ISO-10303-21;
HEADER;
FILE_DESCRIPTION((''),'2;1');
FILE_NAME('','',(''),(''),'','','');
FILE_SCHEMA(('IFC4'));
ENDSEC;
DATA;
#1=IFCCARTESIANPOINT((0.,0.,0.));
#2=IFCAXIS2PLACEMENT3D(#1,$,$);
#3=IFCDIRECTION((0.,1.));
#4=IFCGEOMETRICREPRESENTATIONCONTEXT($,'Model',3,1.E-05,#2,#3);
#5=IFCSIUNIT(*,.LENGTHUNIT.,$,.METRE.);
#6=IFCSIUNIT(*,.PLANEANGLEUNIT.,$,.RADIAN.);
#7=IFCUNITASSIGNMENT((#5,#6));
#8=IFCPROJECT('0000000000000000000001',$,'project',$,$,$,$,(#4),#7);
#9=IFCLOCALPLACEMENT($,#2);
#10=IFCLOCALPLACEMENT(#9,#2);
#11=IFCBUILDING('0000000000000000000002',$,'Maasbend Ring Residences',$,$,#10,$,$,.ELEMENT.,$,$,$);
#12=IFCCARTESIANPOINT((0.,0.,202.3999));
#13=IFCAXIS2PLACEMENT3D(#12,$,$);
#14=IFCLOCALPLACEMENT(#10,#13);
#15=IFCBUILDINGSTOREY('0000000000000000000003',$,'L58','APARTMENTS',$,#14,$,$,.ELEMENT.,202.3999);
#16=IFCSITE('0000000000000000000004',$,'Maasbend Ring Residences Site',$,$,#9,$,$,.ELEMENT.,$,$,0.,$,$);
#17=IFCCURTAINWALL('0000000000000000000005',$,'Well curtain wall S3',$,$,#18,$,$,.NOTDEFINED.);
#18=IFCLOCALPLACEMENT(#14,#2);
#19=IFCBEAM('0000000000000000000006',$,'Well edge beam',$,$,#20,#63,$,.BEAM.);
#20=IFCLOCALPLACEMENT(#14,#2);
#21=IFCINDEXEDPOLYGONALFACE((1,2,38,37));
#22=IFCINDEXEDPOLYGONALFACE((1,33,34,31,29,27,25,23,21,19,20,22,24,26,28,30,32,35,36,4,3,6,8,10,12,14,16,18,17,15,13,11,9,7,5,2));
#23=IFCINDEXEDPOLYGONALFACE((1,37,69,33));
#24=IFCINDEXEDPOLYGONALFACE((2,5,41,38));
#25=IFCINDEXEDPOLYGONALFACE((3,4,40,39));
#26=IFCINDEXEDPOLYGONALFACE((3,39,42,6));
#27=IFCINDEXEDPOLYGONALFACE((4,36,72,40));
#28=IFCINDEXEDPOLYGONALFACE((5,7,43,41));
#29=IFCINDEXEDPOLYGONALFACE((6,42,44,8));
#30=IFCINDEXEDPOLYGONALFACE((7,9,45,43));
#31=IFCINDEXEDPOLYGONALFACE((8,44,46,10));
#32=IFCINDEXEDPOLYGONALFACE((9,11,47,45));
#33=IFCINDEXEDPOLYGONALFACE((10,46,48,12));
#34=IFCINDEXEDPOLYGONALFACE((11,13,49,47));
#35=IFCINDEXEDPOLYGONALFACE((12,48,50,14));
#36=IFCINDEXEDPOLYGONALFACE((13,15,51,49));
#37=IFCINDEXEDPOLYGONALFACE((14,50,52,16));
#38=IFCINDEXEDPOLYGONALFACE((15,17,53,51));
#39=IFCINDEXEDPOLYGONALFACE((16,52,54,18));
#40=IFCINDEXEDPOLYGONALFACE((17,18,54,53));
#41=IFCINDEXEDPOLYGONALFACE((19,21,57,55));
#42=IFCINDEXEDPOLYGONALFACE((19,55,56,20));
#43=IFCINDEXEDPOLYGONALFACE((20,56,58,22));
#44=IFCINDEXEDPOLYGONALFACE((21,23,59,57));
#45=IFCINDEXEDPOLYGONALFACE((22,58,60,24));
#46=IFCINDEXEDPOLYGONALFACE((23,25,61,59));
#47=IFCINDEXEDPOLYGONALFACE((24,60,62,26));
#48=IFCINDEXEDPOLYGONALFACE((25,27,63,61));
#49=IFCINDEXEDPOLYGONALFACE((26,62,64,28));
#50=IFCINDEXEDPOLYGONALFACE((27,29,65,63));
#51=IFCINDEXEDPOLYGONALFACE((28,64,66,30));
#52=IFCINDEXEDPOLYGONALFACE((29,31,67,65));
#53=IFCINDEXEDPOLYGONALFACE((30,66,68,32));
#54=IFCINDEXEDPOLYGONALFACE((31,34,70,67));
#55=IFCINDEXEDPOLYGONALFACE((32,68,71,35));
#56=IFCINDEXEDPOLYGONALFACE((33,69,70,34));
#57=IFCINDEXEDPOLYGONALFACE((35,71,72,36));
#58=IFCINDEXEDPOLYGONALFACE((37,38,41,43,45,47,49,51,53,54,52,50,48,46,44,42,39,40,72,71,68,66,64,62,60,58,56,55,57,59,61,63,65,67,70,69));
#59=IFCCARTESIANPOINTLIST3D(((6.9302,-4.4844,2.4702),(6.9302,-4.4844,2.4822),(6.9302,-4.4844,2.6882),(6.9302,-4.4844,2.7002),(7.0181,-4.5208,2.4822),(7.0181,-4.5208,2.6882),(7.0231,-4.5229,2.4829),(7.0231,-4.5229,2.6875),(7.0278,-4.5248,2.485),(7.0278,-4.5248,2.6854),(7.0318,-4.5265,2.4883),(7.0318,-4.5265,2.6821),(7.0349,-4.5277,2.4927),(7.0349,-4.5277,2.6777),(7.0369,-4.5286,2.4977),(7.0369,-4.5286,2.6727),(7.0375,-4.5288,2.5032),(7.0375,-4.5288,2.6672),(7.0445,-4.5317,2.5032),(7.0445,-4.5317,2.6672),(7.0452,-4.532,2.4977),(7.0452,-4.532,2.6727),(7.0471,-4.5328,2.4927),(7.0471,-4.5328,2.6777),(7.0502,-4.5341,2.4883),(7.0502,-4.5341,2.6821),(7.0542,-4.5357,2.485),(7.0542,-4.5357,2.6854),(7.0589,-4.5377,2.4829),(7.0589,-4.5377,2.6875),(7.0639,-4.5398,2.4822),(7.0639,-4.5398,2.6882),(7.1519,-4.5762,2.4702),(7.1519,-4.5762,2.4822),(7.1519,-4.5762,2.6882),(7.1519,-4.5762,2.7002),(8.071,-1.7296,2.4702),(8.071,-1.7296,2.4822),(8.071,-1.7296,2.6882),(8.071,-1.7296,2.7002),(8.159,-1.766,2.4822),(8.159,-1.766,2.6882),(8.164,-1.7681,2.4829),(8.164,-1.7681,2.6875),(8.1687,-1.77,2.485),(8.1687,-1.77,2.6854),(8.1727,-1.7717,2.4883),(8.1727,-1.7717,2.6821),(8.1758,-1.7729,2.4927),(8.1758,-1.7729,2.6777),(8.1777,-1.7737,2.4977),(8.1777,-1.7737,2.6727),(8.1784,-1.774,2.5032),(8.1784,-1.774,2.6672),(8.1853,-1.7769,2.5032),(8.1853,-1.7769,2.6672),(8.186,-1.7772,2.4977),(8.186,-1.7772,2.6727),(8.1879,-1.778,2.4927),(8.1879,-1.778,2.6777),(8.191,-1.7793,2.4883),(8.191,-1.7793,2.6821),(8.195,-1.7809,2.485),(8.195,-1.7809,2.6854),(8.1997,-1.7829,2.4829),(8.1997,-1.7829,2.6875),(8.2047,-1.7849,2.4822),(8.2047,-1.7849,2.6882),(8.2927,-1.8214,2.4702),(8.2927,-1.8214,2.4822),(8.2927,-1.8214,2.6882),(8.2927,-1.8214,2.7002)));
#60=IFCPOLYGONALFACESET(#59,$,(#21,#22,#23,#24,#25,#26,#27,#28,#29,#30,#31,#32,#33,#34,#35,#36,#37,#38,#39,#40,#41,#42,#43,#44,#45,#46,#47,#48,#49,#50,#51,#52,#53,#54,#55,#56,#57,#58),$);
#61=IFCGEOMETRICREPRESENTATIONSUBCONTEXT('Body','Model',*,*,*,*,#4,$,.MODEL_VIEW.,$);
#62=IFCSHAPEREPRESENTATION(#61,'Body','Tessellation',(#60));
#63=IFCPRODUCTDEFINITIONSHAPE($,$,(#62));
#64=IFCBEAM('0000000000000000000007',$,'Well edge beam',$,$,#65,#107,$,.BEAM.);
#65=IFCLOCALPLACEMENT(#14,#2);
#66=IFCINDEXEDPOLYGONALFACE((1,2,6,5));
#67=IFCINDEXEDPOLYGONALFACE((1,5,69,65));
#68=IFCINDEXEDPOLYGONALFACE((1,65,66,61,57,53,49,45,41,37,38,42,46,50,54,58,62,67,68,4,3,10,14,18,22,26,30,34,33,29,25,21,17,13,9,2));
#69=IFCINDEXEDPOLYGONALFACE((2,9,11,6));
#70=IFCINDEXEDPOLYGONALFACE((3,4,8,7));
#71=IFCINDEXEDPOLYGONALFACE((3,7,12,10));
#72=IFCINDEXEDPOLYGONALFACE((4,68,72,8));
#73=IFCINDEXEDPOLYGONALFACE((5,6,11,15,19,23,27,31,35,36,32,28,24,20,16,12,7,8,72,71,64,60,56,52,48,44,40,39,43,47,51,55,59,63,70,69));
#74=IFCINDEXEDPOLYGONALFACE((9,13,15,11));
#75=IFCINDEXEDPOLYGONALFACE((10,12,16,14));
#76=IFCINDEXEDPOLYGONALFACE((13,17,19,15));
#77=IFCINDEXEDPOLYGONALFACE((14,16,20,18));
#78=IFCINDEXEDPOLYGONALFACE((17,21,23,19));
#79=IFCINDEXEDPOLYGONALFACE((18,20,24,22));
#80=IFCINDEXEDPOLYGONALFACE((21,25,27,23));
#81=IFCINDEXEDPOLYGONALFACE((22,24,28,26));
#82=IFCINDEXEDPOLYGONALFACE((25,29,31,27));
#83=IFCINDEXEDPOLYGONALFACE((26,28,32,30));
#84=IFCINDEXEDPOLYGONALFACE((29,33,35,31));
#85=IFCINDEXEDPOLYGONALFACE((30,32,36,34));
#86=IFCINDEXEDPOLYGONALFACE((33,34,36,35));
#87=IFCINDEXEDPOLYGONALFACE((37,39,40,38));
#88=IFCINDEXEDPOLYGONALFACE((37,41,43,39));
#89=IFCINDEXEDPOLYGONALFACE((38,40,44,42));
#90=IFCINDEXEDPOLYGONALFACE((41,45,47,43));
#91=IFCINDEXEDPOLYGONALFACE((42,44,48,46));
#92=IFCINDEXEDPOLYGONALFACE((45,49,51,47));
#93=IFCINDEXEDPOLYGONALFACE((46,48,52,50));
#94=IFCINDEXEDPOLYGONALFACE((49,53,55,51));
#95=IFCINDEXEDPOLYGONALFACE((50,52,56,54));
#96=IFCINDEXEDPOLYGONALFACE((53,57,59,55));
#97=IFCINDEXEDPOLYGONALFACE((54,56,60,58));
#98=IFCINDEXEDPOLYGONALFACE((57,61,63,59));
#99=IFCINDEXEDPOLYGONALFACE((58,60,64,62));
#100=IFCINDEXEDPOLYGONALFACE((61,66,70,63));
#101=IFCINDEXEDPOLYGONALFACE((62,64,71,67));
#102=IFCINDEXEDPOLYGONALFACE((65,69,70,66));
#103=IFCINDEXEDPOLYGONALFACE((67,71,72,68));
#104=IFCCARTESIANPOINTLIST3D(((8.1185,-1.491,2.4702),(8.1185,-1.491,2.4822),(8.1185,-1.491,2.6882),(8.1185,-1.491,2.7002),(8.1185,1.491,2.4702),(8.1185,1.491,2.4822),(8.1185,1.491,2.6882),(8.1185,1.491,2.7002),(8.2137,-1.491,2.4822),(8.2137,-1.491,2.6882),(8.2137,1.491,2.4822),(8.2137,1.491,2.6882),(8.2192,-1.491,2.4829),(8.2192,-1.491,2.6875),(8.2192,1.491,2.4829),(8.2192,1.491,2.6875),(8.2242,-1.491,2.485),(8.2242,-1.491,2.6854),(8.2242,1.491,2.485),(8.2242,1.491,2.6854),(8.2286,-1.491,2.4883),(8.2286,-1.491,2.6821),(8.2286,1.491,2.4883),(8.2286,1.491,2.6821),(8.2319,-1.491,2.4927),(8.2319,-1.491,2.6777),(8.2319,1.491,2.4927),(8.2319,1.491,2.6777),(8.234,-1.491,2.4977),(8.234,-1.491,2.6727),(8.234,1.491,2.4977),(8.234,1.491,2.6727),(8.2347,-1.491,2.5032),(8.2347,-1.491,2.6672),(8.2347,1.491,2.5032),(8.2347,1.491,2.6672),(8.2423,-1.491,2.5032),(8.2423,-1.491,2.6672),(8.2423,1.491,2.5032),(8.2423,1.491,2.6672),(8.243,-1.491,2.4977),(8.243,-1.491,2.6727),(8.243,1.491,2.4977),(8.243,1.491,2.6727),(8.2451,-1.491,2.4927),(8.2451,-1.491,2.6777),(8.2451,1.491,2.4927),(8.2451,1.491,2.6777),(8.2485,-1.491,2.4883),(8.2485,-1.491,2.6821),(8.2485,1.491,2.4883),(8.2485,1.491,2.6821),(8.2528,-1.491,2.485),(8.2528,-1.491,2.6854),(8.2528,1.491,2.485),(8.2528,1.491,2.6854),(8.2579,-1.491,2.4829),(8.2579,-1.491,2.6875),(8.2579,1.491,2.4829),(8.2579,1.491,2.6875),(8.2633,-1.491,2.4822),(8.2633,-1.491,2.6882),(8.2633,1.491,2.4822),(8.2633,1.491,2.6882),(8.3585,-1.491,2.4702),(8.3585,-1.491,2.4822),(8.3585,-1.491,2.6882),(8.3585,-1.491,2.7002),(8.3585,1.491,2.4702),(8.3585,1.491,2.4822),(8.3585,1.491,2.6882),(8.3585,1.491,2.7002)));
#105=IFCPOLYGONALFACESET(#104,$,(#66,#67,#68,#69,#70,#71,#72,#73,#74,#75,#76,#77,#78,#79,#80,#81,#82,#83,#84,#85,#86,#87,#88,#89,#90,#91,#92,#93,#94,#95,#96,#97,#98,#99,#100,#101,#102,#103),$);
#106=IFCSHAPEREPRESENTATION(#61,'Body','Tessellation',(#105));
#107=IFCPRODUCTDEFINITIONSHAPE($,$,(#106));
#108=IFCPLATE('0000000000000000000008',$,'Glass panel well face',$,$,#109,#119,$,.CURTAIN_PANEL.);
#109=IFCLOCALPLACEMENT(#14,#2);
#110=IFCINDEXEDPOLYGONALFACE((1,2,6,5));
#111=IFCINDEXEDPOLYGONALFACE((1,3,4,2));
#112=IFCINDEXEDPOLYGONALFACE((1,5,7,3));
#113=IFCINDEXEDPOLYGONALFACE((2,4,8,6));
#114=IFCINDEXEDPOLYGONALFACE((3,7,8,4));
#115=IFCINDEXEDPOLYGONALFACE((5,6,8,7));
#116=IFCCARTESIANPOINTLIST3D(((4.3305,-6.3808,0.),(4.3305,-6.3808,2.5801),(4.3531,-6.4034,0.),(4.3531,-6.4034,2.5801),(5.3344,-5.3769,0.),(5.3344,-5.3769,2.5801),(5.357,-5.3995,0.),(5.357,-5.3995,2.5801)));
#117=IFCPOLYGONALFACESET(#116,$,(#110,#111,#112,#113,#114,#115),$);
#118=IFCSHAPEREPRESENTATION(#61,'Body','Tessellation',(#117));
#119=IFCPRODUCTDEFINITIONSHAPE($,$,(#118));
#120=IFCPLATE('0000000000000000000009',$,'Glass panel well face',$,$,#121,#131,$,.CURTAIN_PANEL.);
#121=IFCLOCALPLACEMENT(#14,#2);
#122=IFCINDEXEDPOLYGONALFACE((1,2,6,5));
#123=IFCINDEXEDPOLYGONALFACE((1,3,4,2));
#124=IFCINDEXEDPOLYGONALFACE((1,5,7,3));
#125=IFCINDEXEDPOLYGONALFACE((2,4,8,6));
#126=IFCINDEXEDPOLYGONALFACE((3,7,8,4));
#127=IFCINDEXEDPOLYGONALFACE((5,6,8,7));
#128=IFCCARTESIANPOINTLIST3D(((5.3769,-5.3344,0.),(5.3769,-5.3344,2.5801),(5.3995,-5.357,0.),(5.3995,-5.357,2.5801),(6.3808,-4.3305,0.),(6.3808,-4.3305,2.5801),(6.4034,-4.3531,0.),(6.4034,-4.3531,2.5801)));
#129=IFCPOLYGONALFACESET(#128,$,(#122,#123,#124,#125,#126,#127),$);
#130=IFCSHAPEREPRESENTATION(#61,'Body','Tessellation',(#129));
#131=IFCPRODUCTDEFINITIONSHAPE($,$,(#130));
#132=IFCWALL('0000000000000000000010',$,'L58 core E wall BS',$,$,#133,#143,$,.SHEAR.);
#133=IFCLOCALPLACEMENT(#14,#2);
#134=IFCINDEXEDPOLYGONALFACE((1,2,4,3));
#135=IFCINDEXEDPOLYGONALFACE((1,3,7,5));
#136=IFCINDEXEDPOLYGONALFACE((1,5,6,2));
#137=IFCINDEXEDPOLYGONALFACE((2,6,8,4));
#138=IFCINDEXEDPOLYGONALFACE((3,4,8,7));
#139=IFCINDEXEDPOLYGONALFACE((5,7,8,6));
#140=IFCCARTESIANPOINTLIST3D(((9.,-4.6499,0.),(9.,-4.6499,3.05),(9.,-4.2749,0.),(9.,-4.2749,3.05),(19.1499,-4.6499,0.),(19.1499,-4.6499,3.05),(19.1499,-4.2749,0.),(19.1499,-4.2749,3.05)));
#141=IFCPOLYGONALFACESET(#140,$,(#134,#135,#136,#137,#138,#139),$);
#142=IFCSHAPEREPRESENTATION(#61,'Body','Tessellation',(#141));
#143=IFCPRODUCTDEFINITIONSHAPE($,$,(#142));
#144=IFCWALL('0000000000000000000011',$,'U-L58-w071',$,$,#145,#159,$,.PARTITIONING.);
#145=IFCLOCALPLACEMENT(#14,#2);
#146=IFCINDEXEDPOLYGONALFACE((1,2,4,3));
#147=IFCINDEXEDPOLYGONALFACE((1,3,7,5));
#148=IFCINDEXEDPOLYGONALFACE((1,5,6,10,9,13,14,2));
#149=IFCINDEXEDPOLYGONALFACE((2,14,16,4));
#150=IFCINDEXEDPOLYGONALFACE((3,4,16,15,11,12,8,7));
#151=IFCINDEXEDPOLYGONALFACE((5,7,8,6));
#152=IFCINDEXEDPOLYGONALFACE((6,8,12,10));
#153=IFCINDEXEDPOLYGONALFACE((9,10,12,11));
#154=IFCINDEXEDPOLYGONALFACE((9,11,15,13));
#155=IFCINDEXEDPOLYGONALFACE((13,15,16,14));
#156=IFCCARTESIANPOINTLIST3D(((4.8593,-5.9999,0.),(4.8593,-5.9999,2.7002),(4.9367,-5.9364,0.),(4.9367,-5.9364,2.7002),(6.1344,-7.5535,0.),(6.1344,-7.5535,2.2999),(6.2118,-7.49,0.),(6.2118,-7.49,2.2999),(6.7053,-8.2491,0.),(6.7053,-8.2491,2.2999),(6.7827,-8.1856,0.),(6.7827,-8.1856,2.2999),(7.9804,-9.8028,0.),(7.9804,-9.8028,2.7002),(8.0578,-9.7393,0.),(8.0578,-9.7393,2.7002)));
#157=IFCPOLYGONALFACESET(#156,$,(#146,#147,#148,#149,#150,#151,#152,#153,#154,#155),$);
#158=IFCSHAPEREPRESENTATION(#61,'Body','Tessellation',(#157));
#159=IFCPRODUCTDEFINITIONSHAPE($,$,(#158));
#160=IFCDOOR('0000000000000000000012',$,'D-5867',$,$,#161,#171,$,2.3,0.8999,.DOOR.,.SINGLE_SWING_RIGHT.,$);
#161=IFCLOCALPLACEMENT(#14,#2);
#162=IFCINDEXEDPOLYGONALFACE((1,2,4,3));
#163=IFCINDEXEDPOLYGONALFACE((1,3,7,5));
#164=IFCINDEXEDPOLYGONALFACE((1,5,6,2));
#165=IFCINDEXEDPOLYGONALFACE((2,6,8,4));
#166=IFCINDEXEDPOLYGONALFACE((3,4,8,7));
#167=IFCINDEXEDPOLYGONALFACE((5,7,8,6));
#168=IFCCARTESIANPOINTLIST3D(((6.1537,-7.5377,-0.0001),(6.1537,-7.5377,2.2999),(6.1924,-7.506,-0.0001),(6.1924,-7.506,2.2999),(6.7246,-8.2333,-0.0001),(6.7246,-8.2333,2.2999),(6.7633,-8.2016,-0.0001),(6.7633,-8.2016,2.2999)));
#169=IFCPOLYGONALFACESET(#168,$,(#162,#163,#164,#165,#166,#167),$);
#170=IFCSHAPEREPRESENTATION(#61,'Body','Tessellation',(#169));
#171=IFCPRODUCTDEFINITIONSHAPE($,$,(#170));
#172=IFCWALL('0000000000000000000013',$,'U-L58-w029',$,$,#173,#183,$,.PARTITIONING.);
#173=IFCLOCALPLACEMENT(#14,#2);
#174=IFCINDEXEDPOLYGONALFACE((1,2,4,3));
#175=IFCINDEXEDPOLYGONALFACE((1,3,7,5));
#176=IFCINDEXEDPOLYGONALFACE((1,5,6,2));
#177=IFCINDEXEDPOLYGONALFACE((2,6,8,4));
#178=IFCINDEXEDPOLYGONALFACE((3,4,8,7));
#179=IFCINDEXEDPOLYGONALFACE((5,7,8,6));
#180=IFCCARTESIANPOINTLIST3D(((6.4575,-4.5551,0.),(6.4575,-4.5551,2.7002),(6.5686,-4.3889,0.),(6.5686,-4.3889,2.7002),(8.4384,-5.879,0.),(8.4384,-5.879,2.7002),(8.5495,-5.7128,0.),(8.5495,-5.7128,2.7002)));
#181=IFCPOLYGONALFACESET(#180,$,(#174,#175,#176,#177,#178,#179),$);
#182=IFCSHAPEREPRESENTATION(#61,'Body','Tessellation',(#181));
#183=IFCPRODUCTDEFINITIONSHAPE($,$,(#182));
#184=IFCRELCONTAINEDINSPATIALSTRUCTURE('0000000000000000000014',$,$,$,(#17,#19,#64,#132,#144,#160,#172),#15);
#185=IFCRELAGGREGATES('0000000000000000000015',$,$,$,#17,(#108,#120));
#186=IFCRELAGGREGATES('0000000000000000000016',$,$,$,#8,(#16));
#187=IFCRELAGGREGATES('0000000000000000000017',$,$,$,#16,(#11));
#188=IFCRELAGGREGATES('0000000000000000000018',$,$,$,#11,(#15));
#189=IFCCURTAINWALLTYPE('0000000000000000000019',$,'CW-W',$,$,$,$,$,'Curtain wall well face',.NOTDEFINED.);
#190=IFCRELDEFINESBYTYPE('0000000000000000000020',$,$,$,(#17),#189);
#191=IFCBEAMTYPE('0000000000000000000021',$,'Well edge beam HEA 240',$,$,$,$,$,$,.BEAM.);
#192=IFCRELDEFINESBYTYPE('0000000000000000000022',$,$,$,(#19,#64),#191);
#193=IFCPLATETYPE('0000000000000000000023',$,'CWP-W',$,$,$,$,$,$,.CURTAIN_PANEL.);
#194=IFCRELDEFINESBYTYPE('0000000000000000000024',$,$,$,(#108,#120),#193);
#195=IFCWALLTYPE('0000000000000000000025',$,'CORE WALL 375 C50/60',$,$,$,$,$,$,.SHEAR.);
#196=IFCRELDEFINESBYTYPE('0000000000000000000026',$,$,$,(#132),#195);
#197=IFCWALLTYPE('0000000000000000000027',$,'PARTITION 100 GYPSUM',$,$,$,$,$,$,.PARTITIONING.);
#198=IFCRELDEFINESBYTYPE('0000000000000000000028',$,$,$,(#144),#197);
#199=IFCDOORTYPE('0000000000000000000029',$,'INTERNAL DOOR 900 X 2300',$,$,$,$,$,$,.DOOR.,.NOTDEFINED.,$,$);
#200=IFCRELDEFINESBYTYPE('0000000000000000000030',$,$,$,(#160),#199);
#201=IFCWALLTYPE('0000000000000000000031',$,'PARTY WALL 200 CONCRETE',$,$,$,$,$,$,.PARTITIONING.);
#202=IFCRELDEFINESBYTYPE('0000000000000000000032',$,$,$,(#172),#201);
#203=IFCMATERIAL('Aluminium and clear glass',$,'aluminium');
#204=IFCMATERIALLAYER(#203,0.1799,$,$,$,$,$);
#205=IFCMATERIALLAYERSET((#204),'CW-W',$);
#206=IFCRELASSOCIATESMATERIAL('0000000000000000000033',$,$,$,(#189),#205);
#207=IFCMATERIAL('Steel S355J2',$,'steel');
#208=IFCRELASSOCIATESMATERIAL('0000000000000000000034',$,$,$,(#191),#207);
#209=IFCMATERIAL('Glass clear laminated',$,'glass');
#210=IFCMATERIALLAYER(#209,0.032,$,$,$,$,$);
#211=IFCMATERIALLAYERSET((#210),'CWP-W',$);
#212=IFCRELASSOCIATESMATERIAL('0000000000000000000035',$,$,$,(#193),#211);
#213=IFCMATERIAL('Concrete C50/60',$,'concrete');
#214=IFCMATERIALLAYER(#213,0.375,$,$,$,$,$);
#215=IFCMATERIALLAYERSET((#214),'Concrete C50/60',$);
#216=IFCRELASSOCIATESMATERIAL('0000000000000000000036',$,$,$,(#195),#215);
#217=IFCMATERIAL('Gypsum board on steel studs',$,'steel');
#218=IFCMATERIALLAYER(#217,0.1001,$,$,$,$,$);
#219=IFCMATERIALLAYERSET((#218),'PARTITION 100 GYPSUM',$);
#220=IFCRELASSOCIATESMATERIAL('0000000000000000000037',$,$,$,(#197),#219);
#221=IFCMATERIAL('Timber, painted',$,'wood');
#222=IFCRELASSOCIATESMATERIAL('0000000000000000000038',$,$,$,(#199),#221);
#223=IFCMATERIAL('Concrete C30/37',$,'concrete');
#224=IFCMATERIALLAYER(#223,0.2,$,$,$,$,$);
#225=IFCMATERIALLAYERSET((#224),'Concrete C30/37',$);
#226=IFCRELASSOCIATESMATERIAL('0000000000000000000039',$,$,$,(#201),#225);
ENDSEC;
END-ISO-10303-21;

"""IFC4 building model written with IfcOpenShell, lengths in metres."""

from ifc_helpers import new_model, si_unit, direction, frame, frame_2d, origin, origin_2d, place, context, subcontext, project, spatial, rectangle, i_section, extrude, material, layer, layer_set, material_profile, profile_set, type_object, element, fill, aggregate, save


model = new_model("IFC4")

# Units and contexts
model_context = context("Model", 3, precision=1e-05, world=origin(), true_north=direction((0.0, 1.0)))
body_context = subcontext(model_context, "Body", "Model", "MODEL_VIEW")
ifc_project = project(units=[si_unit("LENGTHUNIT", "METRE"), si_unit("PLANEANGLEUNIT", "RADIAN")], contexts=[model_context])

# Site, building, storey
site_placement = place(None, origin())
site = spatial("IfcSite", under=ifc_project, at=site_placement, Name="Maasbend Ring Residences Site", CompositionType="ELEMENT", RefElevation=0.0)
building_placement = place(site_placement, origin())
building = spatial("IfcBuilding", under=site, at=building_placement, Name="Maasbend Ring Residences", CompositionType="ELEMENT")
storey_placement = place(building_placement, frame((0.0, 0.0, 202.3999)))
storey = spatial("IfcBuildingStorey", under=building, at=storey_placement, Name="L58", Description="APARTMENTS", CompositionType="ELEMENT", Elevation=202.3999)

# Shared definitions
ifc_material_1 = material(Name="Aluminium and clear glass", Category="aluminium")
ifc_layer_1 = layer(ifc_material_1, 0.1799)
ifc_layer_set_1 = layer_set([ifc_layer_1], Name="CW-W")
curtain_wall_type = type_object("IfcCurtainWallType", Name="CW-W", ElementType="Curtain wall well face", PredefinedType="NOTDEFINED", material=ifc_layer_set_1)

# Curtain wall
curtain_wall_1_placement = place(storey_placement, origin())
curtain_wall_1 = element("IfcCurtainWall", 1, at=curtain_wall_1_placement, inside=storey, type_object=curtain_wall_type, Name="Well curtain wall S3", PredefinedType="NOTDEFINED")

# Beams
ifc_material_2 = material(Name="Steel S355J2", Category="steel")
ifc_material_profile_1 = material_profile(ifc_material_2, i_section(OverallWidth=0.24, OverallDepth=0.23, WebThickness=0.0076, FlangeThickness=0.012, FilletRadius=0.021, at=origin_2d()), Name="HEA 240")
ifc_profile_set_1 = profile_set([ifc_material_profile_1], Name="Steel S355J2")
beam_type = type_object("IfcBeamType", Name="Well edge beam HEA 240", PredefinedType="BEAM", material=ifc_profile_set_1)
beam_1_placement = place(storey_placement, frame((7.041, -4.5303, 2.5852), z_axis=(0.382615, 0.923908, 0.0), x_axis=(-0.923908, 0.382615, 0.0)))
element("IfcBeam", 2, at=beam_1_placement, inside=storey, type_object=beam_type, Name="Well edge beam", PredefinedType="BEAM", context=body_context, shape_type="SweptSolid", body=[
    extrude(i_section(OverallWidth=0.24, OverallDepth=0.23, WebThickness=0.0076, FlangeThickness=0.012, FilletRadius=0.021, at=origin_2d()), origin(), (0.0, 0.0, 1.0), 2.9817),
])
beam_2_placement = place(storey_placement, frame((8.2385, -1.491, 2.5852), z_axis=(0.0, 1.0, 0.0), x_axis=(-1.0, 0.0, 0.0)))
element("IfcBeam", 3, at=beam_2_placement, inside=storey, type_object=beam_type, Name="Well edge beam", PredefinedType="BEAM", context=body_context, shape_type="SweptSolid", body=[
    extrude(i_section(OverallWidth=0.24, OverallDepth=0.23, WebThickness=0.0076, FlangeThickness=0.012, FilletRadius=0.021, at=origin_2d()), origin(), (0.0, 0.0, 1.0), 2.9819),
])

# Plates
ifc_material_3 = material(Name="Glass clear laminated", Category="glass")
ifc_layer_2 = layer(ifc_material_3, 0.032)
ifc_layer_set_2 = layer_set([ifc_layer_2], Name="CWP-W")
plate_type = type_object("IfcPlateType", Name="CWP-W", PredefinedType="CURTAIN_PANEL", material=ifc_layer_set_2)
plate_1_placement = place(storey_placement, frame((4.8438, -5.8901, 0.0), z_axis=(0.0, 0.0, 1.0), x_axis=(0.707107, 0.707107, 0.0)))
plate_1 = element("IfcPlate", 4, at=plate_1_placement, type_object=plate_type, Name="Glass panel well face", PredefinedType="CURTAIN_PANEL", context=body_context, shape_type="SweptSolid", body=[
    extrude(rectangle(XDim=1.4197, YDim=0.032, at=origin_2d()), origin(), (0.0, 0.0, 1.0), 2.5801),
])
plate_2_placement = place(storey_placement, frame((5.8901, -4.8438, 0.0), z_axis=(0.0, 0.0, 1.0), x_axis=(0.707107, 0.707107, 0.0)))
plate_2 = element("IfcPlate", 5, at=plate_2_placement, type_object=plate_type, Name="Glass panel well face", PredefinedType="CURTAIN_PANEL", context=body_context, shape_type="SweptSolid", body=[
    extrude(rectangle(XDim=1.4197, YDim=0.032, at=origin_2d()), origin(), (0.0, 0.0, 1.0), 2.5801),
])
aggregate(curtain_wall_1, [plate_1, plate_2])

# Wall
ifc_material_4 = material(Name="Concrete C50/60", Category="concrete")
ifc_layer_3 = layer(ifc_material_4, 0.375)
ifc_layer_set_3 = layer_set([ifc_layer_3], Name="Concrete C50/60")
wall_type_1 = type_object("IfcWallType", Name="CORE WALL 375 C50/60", PredefinedType="SHEAR", material=ifc_layer_set_3)
wall_1_placement = place(storey_placement, frame((9.0, -4.4624, 0.0), z_axis=(0.0, 0.0, 1.0), x_axis=(1.0, 0.0, 0.0)))
element("IfcWall", 6, at=wall_1_placement, inside=storey, type_object=wall_type_1, Name="L58 core E wall BS", PredefinedType="SHEAR", context=body_context, shape_type="SweptSolid", body=[
    extrude(rectangle(XDim=10.1499, YDim=0.375, at=frame_2d((5.075, 0.0))), origin(), (0.0, 0.0, 1.0), 3.05),
])

# Wall, opening, door
ifc_material_5 = material(Name="Gypsum board on steel studs", Category="steel")
ifc_layer_4 = layer(ifc_material_5, 0.1001)
ifc_layer_set_4 = layer_set([ifc_layer_4], Name="PARTITION 100 GYPSUM")
wall_type_2 = type_object("IfcWallType", Name="PARTITION 100 GYPSUM", PredefinedType="PARTITIONING", material=ifc_layer_set_4)
wall_2_placement = place(storey_placement, frame((4.8979, -5.968, 0.0), z_axis=(0.0, 0.0, 1.0), x_axis=(0.634402, -0.773003, 0.0)))
wall_2 = element("IfcWall", 7, at=wall_2_placement, inside=storey, type_object=wall_type_2, Name="U-L58-w071", PredefinedType="PARTITIONING", context=body_context, shape_type="SweptSolid", body=[
    extrude(rectangle(XDim=4.9197, YDim=0.1001, at=frame_2d((2.46, 0.0))), origin(), (0.0, 0.0, 1.0), 2.7002),
])
opening_placement = place(wall_2_placement, frame((2.01, 0.0, 0.0)))
opening = element("IfcOpeningElement", 8, at=opening_placement, cuts=wall_2, PredefinedType="OPENING", context=body_context, shape_type="SweptSolid", body=[
    extrude(rectangle(XDim=0.8999, YDim=2.3, at=frame_2d((0.45, 1.1499))), frame((0.0, 0.0601, 0.0), z_axis=(0.0, -1.0, 0.0), x_axis=(1.0, 0.0, 0.0)), (0.0, 0.0, 1.0), 0.1201),
])
ifc_material_6 = material(Name="Timber, painted", Category="wood")
door_type = type_object("IfcDoorType", Name="INTERNAL DOOR 900 X 2300", OperationType="NOTDEFINED", PredefinedType="DOOR", material=ifc_material_6)
door_placement = place(opening_placement, origin())
door = element("IfcDoor", 9, at=door_placement, inside=storey, type_object=door_type, Name="D-5867", OperationType="SINGLE_SWING_RIGHT", OverallHeight=2.3, OverallWidth=0.8999, PredefinedType="DOOR", context=body_context, shape_type="SweptSolid", body=[
    extrude(rectangle(XDim=0.8999, YDim=2.3, at=frame_2d((0.45, 1.1499))), frame((0.0, 0.0249, 0.0), z_axis=(0.0, -1.0, 0.0), x_axis=(1.0, 0.0, 0.0)), (0.0, 0.0, 1.0), 0.05),
])
fill(opening, door)

# Wall
ifc_material_7 = material(Name="Concrete C30/37", Category="concrete")
ifc_layer_5 = layer(ifc_material_7, 0.2)
ifc_layer_set_5 = layer_set([ifc_layer_5], Name="Concrete C30/37")
wall_type_3 = type_object("IfcWallType", Name="PARTY WALL 200 CONCRETE", PredefinedType="PARTITIONING", material=ifc_layer_set_5)
wall_3_placement = place(storey_placement, frame((6.5129, -4.4719, 0.0), z_axis=(0.0, 0.0, 1.0), x_axis=(0.831403, -0.555669, 0.0)))
element("IfcWall", 10, at=wall_3_placement, inside=storey, type_object=wall_type_3, Name="U-L58-w029", PredefinedType="PARTITIONING", context=body_context, shape_type="SweptSolid", body=[
    extrude(rectangle(XDim=2.3826, YDim=0.2, at=frame_2d((1.1914, 0.0))), origin(), (0.0, 0.0, 1.0), 2.7002),
])

save(model, "model.ifc")
